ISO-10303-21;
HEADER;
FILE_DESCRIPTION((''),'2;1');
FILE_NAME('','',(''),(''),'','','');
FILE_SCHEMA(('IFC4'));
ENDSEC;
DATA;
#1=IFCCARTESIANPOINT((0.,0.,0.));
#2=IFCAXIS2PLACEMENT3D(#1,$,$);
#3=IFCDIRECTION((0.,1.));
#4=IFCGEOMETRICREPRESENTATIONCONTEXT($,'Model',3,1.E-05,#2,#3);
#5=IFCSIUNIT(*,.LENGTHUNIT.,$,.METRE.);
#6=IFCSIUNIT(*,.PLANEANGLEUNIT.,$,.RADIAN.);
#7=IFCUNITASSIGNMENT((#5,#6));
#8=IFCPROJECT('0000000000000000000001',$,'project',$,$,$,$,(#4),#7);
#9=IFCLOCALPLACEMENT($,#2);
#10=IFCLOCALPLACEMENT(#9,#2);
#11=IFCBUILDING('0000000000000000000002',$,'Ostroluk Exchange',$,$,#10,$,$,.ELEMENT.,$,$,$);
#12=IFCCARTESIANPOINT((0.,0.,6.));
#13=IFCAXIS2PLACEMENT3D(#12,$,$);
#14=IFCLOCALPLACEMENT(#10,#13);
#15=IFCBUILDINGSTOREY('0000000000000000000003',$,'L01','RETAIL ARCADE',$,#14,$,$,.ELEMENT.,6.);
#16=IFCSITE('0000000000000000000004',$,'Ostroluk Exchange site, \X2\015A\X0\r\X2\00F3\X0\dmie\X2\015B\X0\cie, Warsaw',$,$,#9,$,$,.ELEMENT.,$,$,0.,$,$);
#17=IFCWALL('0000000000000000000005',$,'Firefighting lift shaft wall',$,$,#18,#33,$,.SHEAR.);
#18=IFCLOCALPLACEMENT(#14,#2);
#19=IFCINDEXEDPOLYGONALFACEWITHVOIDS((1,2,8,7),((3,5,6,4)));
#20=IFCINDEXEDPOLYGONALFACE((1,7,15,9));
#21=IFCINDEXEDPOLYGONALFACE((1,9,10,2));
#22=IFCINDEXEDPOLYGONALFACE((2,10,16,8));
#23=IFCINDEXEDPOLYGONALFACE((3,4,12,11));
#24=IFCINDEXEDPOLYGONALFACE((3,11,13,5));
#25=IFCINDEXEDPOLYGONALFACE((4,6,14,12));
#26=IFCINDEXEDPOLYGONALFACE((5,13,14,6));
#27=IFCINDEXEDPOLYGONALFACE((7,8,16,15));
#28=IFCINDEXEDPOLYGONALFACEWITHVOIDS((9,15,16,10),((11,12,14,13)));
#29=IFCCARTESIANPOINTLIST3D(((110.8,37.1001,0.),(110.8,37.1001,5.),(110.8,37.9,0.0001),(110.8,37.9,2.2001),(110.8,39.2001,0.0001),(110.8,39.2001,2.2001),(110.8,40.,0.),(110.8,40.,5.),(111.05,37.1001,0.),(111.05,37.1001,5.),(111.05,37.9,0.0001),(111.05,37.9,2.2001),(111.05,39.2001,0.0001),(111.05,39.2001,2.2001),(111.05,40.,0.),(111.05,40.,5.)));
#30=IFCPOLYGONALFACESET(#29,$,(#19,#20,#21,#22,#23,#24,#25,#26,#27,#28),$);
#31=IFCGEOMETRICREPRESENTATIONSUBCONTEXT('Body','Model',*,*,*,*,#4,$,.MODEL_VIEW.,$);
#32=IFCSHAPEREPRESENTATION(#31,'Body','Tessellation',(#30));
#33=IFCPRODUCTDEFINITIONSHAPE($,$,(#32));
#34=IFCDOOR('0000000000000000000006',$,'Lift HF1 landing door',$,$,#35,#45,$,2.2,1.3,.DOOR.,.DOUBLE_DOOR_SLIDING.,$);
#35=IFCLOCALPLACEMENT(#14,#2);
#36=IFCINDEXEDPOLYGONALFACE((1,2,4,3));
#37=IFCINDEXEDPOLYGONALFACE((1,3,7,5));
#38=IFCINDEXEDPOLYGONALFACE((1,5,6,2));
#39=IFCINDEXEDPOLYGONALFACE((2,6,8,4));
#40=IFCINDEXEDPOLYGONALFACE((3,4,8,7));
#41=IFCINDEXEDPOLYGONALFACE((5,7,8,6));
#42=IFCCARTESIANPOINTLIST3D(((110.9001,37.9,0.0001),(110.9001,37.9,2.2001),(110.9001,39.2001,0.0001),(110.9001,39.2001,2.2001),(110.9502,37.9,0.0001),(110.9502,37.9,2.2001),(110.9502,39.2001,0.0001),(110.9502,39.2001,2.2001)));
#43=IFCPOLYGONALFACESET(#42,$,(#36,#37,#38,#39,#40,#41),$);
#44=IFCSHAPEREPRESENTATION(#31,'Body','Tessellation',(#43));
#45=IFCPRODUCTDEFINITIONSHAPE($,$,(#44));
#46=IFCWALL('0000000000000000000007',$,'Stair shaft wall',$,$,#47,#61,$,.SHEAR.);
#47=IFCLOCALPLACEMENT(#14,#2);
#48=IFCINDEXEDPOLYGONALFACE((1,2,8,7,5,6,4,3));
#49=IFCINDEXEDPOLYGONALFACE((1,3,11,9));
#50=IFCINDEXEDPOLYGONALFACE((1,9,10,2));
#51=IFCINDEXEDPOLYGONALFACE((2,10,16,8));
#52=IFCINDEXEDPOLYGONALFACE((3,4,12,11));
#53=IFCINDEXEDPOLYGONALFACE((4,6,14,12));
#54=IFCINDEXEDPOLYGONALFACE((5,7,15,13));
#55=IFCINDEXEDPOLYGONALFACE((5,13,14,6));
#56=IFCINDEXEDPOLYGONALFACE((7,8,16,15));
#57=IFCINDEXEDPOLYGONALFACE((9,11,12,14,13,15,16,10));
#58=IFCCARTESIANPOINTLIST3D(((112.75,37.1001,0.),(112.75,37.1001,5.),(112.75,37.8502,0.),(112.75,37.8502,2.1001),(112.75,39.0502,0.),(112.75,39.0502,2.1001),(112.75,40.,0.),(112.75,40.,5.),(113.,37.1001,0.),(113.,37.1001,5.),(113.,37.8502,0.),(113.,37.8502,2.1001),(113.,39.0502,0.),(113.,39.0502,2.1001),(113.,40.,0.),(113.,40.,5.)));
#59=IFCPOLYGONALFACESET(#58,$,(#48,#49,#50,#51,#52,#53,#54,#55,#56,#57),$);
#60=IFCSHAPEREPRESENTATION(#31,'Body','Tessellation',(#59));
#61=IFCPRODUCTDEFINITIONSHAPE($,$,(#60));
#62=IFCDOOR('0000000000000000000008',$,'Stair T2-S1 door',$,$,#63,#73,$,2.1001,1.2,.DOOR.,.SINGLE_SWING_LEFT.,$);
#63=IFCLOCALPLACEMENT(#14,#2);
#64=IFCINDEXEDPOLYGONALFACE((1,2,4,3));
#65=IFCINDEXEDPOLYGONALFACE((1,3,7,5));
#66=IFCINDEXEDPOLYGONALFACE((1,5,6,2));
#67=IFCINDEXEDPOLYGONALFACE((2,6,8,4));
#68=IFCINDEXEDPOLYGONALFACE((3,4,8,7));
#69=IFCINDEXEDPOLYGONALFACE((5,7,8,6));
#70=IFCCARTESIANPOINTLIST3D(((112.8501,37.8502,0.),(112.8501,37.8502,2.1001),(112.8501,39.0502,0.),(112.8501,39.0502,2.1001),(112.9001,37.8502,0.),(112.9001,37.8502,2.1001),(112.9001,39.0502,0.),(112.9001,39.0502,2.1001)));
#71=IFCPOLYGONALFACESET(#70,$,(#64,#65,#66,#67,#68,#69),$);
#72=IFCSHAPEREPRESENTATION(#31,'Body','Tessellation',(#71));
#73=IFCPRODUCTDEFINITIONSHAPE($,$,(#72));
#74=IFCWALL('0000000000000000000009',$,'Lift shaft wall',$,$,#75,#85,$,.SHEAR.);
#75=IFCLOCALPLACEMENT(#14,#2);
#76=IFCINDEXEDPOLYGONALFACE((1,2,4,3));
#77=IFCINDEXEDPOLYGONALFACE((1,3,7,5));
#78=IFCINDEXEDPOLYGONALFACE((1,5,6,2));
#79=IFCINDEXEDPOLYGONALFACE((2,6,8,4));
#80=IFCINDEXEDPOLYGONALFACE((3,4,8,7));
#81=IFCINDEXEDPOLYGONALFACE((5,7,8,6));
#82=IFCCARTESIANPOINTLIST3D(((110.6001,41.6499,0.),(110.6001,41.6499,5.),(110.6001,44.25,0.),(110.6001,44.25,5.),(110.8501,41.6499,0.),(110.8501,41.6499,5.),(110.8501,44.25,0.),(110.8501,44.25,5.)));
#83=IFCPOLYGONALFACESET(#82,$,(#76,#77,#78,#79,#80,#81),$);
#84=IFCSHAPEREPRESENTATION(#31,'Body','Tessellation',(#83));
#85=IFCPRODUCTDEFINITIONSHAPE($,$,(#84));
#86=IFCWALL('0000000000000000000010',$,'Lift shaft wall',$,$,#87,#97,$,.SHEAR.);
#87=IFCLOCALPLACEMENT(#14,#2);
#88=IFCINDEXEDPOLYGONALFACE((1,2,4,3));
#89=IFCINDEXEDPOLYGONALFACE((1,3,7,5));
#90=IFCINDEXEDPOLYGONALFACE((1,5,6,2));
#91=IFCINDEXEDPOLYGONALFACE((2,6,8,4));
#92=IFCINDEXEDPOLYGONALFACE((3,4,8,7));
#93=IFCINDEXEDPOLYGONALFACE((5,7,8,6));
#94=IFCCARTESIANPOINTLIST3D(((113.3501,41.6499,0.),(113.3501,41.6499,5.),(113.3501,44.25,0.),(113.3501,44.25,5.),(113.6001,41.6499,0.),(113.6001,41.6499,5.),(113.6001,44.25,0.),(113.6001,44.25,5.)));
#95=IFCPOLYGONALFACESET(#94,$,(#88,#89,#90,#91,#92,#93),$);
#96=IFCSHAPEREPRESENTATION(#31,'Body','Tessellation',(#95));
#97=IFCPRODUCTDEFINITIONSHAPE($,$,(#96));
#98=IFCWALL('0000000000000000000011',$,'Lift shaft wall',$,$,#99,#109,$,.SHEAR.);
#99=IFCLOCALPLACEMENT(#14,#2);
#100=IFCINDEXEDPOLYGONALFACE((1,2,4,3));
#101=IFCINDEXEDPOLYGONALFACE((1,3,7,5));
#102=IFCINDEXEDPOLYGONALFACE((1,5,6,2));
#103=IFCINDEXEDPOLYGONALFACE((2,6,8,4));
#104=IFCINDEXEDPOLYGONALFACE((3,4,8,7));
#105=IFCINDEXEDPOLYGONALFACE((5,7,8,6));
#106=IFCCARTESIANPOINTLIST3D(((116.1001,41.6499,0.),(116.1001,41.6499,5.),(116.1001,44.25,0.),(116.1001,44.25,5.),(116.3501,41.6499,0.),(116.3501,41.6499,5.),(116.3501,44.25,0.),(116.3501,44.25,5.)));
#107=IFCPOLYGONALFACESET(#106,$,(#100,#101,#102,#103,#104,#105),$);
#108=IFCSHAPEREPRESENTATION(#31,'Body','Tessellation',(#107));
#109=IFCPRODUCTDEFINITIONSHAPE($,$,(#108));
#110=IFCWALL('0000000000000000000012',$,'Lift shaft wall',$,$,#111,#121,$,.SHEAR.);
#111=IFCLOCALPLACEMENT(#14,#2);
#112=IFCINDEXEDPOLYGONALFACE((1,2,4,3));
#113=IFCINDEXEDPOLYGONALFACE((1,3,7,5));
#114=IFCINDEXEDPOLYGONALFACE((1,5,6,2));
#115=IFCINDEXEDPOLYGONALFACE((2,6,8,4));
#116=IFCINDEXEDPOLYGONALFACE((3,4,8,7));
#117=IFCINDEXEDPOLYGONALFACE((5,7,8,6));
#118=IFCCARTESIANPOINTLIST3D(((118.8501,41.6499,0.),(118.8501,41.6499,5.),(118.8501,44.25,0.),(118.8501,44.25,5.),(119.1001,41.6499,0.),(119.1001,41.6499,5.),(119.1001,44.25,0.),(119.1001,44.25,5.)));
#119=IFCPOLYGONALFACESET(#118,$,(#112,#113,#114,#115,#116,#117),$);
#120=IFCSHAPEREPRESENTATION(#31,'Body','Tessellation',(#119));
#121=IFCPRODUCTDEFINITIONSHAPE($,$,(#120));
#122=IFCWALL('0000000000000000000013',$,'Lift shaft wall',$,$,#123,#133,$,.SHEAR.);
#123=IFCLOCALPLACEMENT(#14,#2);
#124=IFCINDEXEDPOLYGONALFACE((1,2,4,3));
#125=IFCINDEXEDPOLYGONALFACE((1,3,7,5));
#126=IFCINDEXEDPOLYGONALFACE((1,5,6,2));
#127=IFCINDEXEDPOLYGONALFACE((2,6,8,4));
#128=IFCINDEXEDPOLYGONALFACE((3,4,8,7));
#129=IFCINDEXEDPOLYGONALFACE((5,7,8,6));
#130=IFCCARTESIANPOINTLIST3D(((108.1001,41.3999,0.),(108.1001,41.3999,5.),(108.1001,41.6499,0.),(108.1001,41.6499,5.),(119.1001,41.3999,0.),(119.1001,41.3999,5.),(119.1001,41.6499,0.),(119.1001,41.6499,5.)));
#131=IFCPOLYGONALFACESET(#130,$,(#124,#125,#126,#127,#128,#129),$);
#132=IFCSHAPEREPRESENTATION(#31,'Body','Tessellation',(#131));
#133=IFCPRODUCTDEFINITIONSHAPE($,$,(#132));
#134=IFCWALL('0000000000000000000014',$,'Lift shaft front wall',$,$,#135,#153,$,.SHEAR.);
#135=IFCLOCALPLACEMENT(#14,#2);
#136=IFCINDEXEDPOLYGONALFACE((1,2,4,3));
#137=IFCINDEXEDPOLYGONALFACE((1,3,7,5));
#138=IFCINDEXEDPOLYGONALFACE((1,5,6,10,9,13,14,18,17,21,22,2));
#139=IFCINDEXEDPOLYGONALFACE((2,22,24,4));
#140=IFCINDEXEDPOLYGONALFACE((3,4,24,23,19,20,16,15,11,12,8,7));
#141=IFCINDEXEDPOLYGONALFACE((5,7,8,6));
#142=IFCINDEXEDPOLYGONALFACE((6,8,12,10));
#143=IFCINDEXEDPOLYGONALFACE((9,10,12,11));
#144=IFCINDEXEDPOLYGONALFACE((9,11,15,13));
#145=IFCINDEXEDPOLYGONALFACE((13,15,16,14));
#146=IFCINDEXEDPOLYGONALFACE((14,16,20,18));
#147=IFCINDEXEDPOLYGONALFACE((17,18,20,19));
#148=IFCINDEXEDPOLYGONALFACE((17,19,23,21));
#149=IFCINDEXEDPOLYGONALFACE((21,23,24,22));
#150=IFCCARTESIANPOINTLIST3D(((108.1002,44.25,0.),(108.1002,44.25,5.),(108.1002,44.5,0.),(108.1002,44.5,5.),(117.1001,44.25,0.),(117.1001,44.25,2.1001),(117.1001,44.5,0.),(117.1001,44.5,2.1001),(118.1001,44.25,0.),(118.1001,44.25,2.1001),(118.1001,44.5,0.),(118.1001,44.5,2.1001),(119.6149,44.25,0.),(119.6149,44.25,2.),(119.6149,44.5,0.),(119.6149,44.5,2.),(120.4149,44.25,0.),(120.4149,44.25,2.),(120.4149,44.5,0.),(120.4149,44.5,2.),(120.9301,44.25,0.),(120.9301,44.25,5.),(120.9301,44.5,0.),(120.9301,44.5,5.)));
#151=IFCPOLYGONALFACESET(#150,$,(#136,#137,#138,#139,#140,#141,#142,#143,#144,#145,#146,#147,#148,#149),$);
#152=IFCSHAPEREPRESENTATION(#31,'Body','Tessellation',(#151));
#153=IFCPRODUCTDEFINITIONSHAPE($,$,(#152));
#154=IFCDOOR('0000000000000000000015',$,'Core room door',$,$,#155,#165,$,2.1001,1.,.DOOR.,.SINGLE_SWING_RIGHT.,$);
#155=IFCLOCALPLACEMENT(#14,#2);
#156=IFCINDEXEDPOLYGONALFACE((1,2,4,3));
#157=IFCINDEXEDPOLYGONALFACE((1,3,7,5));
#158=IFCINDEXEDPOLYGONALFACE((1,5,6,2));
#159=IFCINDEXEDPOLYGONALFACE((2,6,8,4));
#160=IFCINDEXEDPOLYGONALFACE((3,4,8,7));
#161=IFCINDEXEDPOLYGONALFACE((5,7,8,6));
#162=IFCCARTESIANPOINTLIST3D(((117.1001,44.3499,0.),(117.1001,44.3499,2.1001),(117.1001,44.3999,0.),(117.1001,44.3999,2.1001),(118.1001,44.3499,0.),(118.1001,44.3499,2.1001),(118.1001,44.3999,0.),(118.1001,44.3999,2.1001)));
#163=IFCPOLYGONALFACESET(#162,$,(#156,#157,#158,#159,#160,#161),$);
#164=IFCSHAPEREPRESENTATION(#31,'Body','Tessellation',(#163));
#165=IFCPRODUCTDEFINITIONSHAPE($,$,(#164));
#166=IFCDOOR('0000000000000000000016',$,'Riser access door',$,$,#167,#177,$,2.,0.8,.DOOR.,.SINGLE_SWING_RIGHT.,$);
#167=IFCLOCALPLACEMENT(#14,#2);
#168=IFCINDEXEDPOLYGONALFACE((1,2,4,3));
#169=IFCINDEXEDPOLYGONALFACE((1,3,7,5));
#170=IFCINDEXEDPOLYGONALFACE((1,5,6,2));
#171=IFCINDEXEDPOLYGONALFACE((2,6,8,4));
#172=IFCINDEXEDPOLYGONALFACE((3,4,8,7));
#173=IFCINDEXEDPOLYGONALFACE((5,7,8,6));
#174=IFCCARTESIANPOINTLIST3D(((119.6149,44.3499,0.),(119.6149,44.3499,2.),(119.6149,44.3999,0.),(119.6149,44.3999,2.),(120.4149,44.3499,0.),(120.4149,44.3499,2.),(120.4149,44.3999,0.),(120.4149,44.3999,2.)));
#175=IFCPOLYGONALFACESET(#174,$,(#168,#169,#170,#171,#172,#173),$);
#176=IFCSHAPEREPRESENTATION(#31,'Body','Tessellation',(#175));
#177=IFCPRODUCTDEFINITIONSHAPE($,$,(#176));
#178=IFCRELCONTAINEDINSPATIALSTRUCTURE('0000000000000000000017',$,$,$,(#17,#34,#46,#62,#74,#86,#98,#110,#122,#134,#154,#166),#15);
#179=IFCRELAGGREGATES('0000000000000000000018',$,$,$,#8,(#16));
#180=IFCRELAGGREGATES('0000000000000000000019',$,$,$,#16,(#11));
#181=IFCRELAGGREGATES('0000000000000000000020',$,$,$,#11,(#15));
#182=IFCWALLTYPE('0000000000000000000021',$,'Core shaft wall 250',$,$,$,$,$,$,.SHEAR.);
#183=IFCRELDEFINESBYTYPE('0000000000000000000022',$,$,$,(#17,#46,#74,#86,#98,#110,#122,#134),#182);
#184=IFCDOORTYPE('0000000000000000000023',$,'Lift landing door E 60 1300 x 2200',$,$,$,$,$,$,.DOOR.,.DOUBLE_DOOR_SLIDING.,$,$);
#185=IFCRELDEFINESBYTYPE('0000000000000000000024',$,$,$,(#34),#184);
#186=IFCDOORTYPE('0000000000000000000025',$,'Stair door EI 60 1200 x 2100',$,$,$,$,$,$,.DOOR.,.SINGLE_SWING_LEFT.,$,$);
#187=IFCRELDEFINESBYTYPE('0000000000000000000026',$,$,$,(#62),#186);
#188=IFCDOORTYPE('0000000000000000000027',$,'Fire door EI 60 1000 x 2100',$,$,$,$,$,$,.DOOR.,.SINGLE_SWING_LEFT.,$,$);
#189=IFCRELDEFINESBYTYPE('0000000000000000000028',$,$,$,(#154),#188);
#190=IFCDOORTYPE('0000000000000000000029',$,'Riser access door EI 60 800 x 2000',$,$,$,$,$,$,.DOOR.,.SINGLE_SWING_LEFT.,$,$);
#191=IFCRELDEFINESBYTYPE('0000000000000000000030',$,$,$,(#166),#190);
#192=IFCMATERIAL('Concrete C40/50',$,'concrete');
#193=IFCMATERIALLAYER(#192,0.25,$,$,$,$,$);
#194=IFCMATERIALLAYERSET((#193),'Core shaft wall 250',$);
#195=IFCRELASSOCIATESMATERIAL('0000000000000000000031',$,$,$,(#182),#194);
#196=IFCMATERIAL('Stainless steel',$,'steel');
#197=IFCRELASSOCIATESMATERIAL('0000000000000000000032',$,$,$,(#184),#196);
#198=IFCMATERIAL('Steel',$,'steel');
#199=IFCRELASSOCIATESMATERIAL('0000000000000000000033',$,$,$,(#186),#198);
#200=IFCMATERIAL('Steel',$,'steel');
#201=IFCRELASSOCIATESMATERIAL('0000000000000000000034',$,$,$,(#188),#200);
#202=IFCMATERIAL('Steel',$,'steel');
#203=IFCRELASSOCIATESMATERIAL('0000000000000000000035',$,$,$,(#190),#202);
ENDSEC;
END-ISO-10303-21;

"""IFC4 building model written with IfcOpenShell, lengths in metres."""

from ifc_helpers import new_model, si_unit, direction, frame, frame_2d, origin, place, context, subcontext, project, spatial, rectangle, extrude, material, layer, layer_set, type_object, element, fill, save


model = new_model("IFC4")

# Units and contexts
model_context = context("Model", 3, precision=1e-05, world=origin(), true_north=direction((0.0, 1.0)))
body_context = subcontext(model_context, "Body", "Model", "MODEL_VIEW")
ifc_project = project(units=[si_unit("LENGTHUNIT", "METRE"), si_unit("PLANEANGLEUNIT", "RADIAN")], contexts=[model_context])

# Site, building, storey
site_placement = place(None, origin())
site = spatial("IfcSite", under=ifc_project, at=site_placement, Name="Ostroluk Exchange site, Śródmieście, Warsaw", CompositionType="ELEMENT", RefElevation=0.0)
building_placement = place(site_placement, origin())
building = spatial("IfcBuilding", under=site, at=building_placement, Name="Ostroluk Exchange", CompositionType="ELEMENT")
storey_placement = place(building_placement, frame((0.0, 0.0, 6.0)))
storey = spatial("IfcBuildingStorey", under=building, at=storey_placement, Name="L01", Description="RETAIL ARCADE", CompositionType="ELEMENT", Elevation=6.0)

# Walls, openings, doors
ifc_material_1 = material(Name="Concrete C40/50", Category="concrete")
ifc_layer_1 = layer(ifc_material_1, 0.25)
ifc_layer_set_1 = layer_set([ifc_layer_1], Name="Core shaft wall 250")
wall_type_1 = type_object("IfcWallType", Name="Core shaft wall 250", PredefinedType="SHEAR", material=ifc_layer_set_1)
wall_1_placement = place(storey_placement, frame((110.925, 37.1001, 0.0), z_axis=(0.0, 0.0, 1.0), x_axis=(0.0, 1.0, 0.0)))
wall_1 = element("IfcWall", 1, at=wall_1_placement, inside=storey, type_object=wall_type_1, Name="Firefighting lift shaft wall", PredefinedType="SHEAR", context=body_context, shape_type="SweptSolid", body=[
    extrude(rectangle(XDim=2.8999, YDim=0.25, at=frame_2d((1.45, 0.0))), origin(), (0.0, 0.0, 1.0), 5.0),
])
opening_1_placement = place(wall_1_placement, frame((0.8, 0.0, 0.0)))
opening_1 = element("IfcOpeningElement", 2, at=opening_1_placement, cuts=wall_1, PredefinedType="OPENING", context=body_context, shape_type="SweptSolid", body=[
    extrude(rectangle(XDim=1.3, YDim=2.2, at=frame_2d((0.6499, 1.1001))), frame((0.0, 0.135, 0.0), z_axis=(0.0, -1.0, 0.0), x_axis=(1.0, 0.0, 0.0)), (0.0, 0.0, 1.0), 0.27),
])
ifc_material_2 = material(Name="Stainless steel", Category="steel")
door_type_1 = type_object("IfcDoorType", Name="Lift landing door E 60 1300 x 2200", OperationType="DOUBLE_DOOR_SLIDING", PredefinedType="DOOR", material=ifc_material_2)
door_1_placement = place(opening_1_placement, origin())
door_1 = element("IfcDoor", 3, at=door_1_placement, inside=storey, type_object=door_type_1, Name="Lift HF1 landing door", OperationType="DOUBLE_DOOR_SLIDING", OverallHeight=2.2, OverallWidth=1.3, PredefinedType="DOOR", context=body_context, shape_type="SweptSolid", body=[
    extrude(rectangle(XDim=1.3, YDim=2.2, at=frame_2d((0.6499, 1.1001))), frame((0.0, 0.0249, 0.0), z_axis=(0.0, -1.0, 0.0), x_axis=(1.0, 0.0, 0.0)), (0.0, 0.0, 1.0), 0.05),
])
fill(opening_1, door_1)
wall_2_placement = place(storey_placement, frame((112.875, 37.1001, 0.0), z_axis=(0.0, 0.0, 1.0), x_axis=(0.0, 1.0, 0.0)))
wall_2 = element("IfcWall", 4, at=wall_2_placement, inside=storey, type_object=wall_type_1, Name="Stair shaft wall", PredefinedType="SHEAR", context=body_context, shape_type="SweptSolid", body=[
    extrude(rectangle(XDim=2.8999, YDim=0.25, at=frame_2d((1.45, 0.0))), origin(), (0.0, 0.0, 1.0), 5.0),
])
opening_2_placement = place(wall_2_placement, frame((0.75, 0.0, 0.0)))
opening_2 = element("IfcOpeningElement", 5, at=opening_2_placement, cuts=wall_2, PredefinedType="OPENING", context=body_context, shape_type="SweptSolid", body=[
    extrude(rectangle(XDim=1.2, YDim=2.1001, at=frame_2d((0.6001, 1.05))), frame((0.0, 0.135, 0.0), z_axis=(0.0, -1.0, 0.0), x_axis=(1.0, 0.0, 0.0)), (0.0, 0.0, 1.0), 0.27),
])
ifc_material_3 = material(Name="Steel", Category="steel")
door_type_2 = type_object("IfcDoorType", Name="Stair door EI 60 1200 x 2100", OperationType="SINGLE_SWING_LEFT", PredefinedType="DOOR", material=ifc_material_3)
door_2_placement = place(opening_2_placement, origin())
door_2 = element("IfcDoor", 6, at=door_2_placement, inside=storey, type_object=door_type_2, Name="Stair T2-S1 door", OperationType="SINGLE_SWING_LEFT", OverallHeight=2.1001, OverallWidth=1.2, PredefinedType="DOOR", context=body_context, shape_type="SweptSolid", body=[
    extrude(rectangle(XDim=1.2, YDim=2.1001, at=frame_2d((0.6001, 1.05))), frame((0.0, 0.0249, 0.0), z_axis=(0.0, -1.0, 0.0), x_axis=(1.0, 0.0, 0.0)), (0.0, 0.0, 1.0), 0.05),
])
fill(opening_2, door_2)

# Walls
for number, where, z_axis, x_axis, name in (
    (7, (110.7251, 44.25, 0.0), (0.0, 0.0, 1.0), (0.0, -1.0, 0.0), "Lift shaft wall"),
    (8, (113.4751, 44.25, 0.0), (0.0, 0.0, 1.0), (0.0, -1.0, 0.0), "Lift shaft wall"),
    (9, (116.2251, 44.25, 0.0), (0.0, 0.0, 1.0), (0.0, -1.0, 0.0), "Lift shaft wall"),
    (10, (118.9751, 44.25, 0.0), (0.0, 0.0, 1.0), (0.0, -1.0, 0.0), "Lift shaft wall"),
):
    element("IfcWall", number, at=place(storey_placement, frame(where, z_axis=z_axis, x_axis=x_axis)), inside=storey, type_object=wall_type_1, Name=name, PredefinedType="SHEAR", context=body_context, shape_type="SweptSolid", body=[
        extrude(rectangle(XDim=2.6001, YDim=0.25, at=frame_2d((1.3, 0.0))), origin(), (0.0, 0.0, 1.0), 5.0),
    ])
wall_3_placement = place(storey_placement, frame((108.1001, 41.5249, 0.0), z_axis=(0.0, 0.0, 1.0), x_axis=(1.0, 0.0, 0.0)))
element("IfcWall", 11, at=wall_3_placement, inside=storey, type_object=wall_type_1, Name="Lift shaft wall", PredefinedType="SHEAR", context=body_context, shape_type="SweptSolid", body=[
    extrude(rectangle(XDim=11.0, YDim=0.25, at=frame_2d((5.5, 0.0))), origin(), (0.0, 0.0, 1.0), 5.0),
])

# Wall, openings, doors
wall_4_placement = place(storey_placement, frame((108.1001, 44.375, 0.0), z_axis=(0.0, 0.0, 1.0), x_axis=(1.0, 0.0, 0.0)))
wall_4 = element("IfcWall", 12, at=wall_4_placement, inside=storey, type_object=wall_type_1, Name="Lift shaft front wall", PredefinedType="SHEAR", context=body_context, shape_type="SweptSolid", body=[
    extrude(rectangle(XDim=12.8298, YDim=0.25, at=frame_2d((6.415, 0.0))), origin(), (0.0, 0.0, 1.0), 5.0),
])
opening_3_placement = place(wall_4_placement, frame((9.0, 0.0, 0.0)))
opening_3 = element("IfcOpeningElement", 13, at=opening_3_placement, cuts=wall_4, PredefinedType="OPENING", context=body_context, shape_type="SweptSolid", body=[
    extrude(rectangle(XDim=1.0, YDim=2.1001, at=frame_2d((0.5, 1.05))), frame((0.0, 0.135, 0.0), z_axis=(0.0, -1.0, 0.0), x_axis=(1.0, 0.0, 0.0)), (0.0, 0.0, 1.0), 0.27),
])
opening_4_placement = place(wall_4_placement, frame((11.5149, 0.0, 0.0)))
opening_4 = element("IfcOpeningElement", 14, at=opening_4_placement, cuts=wall_4, PredefinedType="OPENING", context=body_context, shape_type="SweptSolid", body=[
    extrude(rectangle(XDim=0.8, YDim=2.0, at=frame_2d((0.3999, 1.0))), frame((0.0, 0.135, 0.0), z_axis=(0.0, -1.0, 0.0), x_axis=(1.0, 0.0, 0.0)), (0.0, 0.0, 1.0), 0.27),
])
ifc_material_4 = material(Name="Steel", Category="steel")
door_type_3 = type_object("IfcDoorType", Name="Fire door EI 60 1000 x 2100", OperationType="SINGLE_SWING_LEFT", PredefinedType="DOOR", material=ifc_material_4)
door_3_placement = place(opening_3_placement, origin())
door_3 = element("IfcDoor", 15, at=door_3_placement, inside=storey, type_object=door_type_3, Name="Core room door", OperationType="SINGLE_SWING_RIGHT", OverallHeight=2.1001, OverallWidth=1.0, PredefinedType="DOOR", context=body_context, shape_type="SweptSolid", body=[
    extrude(rectangle(XDim=1.0, YDim=2.1001, at=frame_2d((0.5, 1.05))), frame((0.0, 0.0249, 0.0), z_axis=(0.0, -1.0, 0.0), x_axis=(1.0, 0.0, 0.0)), (0.0, 0.0, 1.0), 0.05),
])
fill(opening_3, door_3)
ifc_material_5 = material(Name="Steel", Category="steel")
door_type_4 = type_object("IfcDoorType", Name="Riser access door EI 60 800 x 2000", OperationType="SINGLE_SWING_LEFT", PredefinedType="DOOR", material=ifc_material_5)
door_4_placement = place(opening_4_placement, origin())
door_4 = element("IfcDoor", 16, at=door_4_placement, inside=storey, type_object=door_type_4, Name="Riser access door", OperationType="SINGLE_SWING_RIGHT", OverallHeight=2.0, OverallWidth=0.8, PredefinedType="DOOR", context=body_context, shape_type="SweptSolid", body=[
    extrude(rectangle(XDim=0.8, YDim=2.0, at=frame_2d((0.3999, 1.0))), frame((0.0, 0.0249, 0.0), z_axis=(0.0, -1.0, 0.0), x_axis=(1.0, 0.0, 0.0)), (0.0, 0.0, 1.0), 0.05),
])
fill(opening_4, door_4)

save(model, "model.ifc")
